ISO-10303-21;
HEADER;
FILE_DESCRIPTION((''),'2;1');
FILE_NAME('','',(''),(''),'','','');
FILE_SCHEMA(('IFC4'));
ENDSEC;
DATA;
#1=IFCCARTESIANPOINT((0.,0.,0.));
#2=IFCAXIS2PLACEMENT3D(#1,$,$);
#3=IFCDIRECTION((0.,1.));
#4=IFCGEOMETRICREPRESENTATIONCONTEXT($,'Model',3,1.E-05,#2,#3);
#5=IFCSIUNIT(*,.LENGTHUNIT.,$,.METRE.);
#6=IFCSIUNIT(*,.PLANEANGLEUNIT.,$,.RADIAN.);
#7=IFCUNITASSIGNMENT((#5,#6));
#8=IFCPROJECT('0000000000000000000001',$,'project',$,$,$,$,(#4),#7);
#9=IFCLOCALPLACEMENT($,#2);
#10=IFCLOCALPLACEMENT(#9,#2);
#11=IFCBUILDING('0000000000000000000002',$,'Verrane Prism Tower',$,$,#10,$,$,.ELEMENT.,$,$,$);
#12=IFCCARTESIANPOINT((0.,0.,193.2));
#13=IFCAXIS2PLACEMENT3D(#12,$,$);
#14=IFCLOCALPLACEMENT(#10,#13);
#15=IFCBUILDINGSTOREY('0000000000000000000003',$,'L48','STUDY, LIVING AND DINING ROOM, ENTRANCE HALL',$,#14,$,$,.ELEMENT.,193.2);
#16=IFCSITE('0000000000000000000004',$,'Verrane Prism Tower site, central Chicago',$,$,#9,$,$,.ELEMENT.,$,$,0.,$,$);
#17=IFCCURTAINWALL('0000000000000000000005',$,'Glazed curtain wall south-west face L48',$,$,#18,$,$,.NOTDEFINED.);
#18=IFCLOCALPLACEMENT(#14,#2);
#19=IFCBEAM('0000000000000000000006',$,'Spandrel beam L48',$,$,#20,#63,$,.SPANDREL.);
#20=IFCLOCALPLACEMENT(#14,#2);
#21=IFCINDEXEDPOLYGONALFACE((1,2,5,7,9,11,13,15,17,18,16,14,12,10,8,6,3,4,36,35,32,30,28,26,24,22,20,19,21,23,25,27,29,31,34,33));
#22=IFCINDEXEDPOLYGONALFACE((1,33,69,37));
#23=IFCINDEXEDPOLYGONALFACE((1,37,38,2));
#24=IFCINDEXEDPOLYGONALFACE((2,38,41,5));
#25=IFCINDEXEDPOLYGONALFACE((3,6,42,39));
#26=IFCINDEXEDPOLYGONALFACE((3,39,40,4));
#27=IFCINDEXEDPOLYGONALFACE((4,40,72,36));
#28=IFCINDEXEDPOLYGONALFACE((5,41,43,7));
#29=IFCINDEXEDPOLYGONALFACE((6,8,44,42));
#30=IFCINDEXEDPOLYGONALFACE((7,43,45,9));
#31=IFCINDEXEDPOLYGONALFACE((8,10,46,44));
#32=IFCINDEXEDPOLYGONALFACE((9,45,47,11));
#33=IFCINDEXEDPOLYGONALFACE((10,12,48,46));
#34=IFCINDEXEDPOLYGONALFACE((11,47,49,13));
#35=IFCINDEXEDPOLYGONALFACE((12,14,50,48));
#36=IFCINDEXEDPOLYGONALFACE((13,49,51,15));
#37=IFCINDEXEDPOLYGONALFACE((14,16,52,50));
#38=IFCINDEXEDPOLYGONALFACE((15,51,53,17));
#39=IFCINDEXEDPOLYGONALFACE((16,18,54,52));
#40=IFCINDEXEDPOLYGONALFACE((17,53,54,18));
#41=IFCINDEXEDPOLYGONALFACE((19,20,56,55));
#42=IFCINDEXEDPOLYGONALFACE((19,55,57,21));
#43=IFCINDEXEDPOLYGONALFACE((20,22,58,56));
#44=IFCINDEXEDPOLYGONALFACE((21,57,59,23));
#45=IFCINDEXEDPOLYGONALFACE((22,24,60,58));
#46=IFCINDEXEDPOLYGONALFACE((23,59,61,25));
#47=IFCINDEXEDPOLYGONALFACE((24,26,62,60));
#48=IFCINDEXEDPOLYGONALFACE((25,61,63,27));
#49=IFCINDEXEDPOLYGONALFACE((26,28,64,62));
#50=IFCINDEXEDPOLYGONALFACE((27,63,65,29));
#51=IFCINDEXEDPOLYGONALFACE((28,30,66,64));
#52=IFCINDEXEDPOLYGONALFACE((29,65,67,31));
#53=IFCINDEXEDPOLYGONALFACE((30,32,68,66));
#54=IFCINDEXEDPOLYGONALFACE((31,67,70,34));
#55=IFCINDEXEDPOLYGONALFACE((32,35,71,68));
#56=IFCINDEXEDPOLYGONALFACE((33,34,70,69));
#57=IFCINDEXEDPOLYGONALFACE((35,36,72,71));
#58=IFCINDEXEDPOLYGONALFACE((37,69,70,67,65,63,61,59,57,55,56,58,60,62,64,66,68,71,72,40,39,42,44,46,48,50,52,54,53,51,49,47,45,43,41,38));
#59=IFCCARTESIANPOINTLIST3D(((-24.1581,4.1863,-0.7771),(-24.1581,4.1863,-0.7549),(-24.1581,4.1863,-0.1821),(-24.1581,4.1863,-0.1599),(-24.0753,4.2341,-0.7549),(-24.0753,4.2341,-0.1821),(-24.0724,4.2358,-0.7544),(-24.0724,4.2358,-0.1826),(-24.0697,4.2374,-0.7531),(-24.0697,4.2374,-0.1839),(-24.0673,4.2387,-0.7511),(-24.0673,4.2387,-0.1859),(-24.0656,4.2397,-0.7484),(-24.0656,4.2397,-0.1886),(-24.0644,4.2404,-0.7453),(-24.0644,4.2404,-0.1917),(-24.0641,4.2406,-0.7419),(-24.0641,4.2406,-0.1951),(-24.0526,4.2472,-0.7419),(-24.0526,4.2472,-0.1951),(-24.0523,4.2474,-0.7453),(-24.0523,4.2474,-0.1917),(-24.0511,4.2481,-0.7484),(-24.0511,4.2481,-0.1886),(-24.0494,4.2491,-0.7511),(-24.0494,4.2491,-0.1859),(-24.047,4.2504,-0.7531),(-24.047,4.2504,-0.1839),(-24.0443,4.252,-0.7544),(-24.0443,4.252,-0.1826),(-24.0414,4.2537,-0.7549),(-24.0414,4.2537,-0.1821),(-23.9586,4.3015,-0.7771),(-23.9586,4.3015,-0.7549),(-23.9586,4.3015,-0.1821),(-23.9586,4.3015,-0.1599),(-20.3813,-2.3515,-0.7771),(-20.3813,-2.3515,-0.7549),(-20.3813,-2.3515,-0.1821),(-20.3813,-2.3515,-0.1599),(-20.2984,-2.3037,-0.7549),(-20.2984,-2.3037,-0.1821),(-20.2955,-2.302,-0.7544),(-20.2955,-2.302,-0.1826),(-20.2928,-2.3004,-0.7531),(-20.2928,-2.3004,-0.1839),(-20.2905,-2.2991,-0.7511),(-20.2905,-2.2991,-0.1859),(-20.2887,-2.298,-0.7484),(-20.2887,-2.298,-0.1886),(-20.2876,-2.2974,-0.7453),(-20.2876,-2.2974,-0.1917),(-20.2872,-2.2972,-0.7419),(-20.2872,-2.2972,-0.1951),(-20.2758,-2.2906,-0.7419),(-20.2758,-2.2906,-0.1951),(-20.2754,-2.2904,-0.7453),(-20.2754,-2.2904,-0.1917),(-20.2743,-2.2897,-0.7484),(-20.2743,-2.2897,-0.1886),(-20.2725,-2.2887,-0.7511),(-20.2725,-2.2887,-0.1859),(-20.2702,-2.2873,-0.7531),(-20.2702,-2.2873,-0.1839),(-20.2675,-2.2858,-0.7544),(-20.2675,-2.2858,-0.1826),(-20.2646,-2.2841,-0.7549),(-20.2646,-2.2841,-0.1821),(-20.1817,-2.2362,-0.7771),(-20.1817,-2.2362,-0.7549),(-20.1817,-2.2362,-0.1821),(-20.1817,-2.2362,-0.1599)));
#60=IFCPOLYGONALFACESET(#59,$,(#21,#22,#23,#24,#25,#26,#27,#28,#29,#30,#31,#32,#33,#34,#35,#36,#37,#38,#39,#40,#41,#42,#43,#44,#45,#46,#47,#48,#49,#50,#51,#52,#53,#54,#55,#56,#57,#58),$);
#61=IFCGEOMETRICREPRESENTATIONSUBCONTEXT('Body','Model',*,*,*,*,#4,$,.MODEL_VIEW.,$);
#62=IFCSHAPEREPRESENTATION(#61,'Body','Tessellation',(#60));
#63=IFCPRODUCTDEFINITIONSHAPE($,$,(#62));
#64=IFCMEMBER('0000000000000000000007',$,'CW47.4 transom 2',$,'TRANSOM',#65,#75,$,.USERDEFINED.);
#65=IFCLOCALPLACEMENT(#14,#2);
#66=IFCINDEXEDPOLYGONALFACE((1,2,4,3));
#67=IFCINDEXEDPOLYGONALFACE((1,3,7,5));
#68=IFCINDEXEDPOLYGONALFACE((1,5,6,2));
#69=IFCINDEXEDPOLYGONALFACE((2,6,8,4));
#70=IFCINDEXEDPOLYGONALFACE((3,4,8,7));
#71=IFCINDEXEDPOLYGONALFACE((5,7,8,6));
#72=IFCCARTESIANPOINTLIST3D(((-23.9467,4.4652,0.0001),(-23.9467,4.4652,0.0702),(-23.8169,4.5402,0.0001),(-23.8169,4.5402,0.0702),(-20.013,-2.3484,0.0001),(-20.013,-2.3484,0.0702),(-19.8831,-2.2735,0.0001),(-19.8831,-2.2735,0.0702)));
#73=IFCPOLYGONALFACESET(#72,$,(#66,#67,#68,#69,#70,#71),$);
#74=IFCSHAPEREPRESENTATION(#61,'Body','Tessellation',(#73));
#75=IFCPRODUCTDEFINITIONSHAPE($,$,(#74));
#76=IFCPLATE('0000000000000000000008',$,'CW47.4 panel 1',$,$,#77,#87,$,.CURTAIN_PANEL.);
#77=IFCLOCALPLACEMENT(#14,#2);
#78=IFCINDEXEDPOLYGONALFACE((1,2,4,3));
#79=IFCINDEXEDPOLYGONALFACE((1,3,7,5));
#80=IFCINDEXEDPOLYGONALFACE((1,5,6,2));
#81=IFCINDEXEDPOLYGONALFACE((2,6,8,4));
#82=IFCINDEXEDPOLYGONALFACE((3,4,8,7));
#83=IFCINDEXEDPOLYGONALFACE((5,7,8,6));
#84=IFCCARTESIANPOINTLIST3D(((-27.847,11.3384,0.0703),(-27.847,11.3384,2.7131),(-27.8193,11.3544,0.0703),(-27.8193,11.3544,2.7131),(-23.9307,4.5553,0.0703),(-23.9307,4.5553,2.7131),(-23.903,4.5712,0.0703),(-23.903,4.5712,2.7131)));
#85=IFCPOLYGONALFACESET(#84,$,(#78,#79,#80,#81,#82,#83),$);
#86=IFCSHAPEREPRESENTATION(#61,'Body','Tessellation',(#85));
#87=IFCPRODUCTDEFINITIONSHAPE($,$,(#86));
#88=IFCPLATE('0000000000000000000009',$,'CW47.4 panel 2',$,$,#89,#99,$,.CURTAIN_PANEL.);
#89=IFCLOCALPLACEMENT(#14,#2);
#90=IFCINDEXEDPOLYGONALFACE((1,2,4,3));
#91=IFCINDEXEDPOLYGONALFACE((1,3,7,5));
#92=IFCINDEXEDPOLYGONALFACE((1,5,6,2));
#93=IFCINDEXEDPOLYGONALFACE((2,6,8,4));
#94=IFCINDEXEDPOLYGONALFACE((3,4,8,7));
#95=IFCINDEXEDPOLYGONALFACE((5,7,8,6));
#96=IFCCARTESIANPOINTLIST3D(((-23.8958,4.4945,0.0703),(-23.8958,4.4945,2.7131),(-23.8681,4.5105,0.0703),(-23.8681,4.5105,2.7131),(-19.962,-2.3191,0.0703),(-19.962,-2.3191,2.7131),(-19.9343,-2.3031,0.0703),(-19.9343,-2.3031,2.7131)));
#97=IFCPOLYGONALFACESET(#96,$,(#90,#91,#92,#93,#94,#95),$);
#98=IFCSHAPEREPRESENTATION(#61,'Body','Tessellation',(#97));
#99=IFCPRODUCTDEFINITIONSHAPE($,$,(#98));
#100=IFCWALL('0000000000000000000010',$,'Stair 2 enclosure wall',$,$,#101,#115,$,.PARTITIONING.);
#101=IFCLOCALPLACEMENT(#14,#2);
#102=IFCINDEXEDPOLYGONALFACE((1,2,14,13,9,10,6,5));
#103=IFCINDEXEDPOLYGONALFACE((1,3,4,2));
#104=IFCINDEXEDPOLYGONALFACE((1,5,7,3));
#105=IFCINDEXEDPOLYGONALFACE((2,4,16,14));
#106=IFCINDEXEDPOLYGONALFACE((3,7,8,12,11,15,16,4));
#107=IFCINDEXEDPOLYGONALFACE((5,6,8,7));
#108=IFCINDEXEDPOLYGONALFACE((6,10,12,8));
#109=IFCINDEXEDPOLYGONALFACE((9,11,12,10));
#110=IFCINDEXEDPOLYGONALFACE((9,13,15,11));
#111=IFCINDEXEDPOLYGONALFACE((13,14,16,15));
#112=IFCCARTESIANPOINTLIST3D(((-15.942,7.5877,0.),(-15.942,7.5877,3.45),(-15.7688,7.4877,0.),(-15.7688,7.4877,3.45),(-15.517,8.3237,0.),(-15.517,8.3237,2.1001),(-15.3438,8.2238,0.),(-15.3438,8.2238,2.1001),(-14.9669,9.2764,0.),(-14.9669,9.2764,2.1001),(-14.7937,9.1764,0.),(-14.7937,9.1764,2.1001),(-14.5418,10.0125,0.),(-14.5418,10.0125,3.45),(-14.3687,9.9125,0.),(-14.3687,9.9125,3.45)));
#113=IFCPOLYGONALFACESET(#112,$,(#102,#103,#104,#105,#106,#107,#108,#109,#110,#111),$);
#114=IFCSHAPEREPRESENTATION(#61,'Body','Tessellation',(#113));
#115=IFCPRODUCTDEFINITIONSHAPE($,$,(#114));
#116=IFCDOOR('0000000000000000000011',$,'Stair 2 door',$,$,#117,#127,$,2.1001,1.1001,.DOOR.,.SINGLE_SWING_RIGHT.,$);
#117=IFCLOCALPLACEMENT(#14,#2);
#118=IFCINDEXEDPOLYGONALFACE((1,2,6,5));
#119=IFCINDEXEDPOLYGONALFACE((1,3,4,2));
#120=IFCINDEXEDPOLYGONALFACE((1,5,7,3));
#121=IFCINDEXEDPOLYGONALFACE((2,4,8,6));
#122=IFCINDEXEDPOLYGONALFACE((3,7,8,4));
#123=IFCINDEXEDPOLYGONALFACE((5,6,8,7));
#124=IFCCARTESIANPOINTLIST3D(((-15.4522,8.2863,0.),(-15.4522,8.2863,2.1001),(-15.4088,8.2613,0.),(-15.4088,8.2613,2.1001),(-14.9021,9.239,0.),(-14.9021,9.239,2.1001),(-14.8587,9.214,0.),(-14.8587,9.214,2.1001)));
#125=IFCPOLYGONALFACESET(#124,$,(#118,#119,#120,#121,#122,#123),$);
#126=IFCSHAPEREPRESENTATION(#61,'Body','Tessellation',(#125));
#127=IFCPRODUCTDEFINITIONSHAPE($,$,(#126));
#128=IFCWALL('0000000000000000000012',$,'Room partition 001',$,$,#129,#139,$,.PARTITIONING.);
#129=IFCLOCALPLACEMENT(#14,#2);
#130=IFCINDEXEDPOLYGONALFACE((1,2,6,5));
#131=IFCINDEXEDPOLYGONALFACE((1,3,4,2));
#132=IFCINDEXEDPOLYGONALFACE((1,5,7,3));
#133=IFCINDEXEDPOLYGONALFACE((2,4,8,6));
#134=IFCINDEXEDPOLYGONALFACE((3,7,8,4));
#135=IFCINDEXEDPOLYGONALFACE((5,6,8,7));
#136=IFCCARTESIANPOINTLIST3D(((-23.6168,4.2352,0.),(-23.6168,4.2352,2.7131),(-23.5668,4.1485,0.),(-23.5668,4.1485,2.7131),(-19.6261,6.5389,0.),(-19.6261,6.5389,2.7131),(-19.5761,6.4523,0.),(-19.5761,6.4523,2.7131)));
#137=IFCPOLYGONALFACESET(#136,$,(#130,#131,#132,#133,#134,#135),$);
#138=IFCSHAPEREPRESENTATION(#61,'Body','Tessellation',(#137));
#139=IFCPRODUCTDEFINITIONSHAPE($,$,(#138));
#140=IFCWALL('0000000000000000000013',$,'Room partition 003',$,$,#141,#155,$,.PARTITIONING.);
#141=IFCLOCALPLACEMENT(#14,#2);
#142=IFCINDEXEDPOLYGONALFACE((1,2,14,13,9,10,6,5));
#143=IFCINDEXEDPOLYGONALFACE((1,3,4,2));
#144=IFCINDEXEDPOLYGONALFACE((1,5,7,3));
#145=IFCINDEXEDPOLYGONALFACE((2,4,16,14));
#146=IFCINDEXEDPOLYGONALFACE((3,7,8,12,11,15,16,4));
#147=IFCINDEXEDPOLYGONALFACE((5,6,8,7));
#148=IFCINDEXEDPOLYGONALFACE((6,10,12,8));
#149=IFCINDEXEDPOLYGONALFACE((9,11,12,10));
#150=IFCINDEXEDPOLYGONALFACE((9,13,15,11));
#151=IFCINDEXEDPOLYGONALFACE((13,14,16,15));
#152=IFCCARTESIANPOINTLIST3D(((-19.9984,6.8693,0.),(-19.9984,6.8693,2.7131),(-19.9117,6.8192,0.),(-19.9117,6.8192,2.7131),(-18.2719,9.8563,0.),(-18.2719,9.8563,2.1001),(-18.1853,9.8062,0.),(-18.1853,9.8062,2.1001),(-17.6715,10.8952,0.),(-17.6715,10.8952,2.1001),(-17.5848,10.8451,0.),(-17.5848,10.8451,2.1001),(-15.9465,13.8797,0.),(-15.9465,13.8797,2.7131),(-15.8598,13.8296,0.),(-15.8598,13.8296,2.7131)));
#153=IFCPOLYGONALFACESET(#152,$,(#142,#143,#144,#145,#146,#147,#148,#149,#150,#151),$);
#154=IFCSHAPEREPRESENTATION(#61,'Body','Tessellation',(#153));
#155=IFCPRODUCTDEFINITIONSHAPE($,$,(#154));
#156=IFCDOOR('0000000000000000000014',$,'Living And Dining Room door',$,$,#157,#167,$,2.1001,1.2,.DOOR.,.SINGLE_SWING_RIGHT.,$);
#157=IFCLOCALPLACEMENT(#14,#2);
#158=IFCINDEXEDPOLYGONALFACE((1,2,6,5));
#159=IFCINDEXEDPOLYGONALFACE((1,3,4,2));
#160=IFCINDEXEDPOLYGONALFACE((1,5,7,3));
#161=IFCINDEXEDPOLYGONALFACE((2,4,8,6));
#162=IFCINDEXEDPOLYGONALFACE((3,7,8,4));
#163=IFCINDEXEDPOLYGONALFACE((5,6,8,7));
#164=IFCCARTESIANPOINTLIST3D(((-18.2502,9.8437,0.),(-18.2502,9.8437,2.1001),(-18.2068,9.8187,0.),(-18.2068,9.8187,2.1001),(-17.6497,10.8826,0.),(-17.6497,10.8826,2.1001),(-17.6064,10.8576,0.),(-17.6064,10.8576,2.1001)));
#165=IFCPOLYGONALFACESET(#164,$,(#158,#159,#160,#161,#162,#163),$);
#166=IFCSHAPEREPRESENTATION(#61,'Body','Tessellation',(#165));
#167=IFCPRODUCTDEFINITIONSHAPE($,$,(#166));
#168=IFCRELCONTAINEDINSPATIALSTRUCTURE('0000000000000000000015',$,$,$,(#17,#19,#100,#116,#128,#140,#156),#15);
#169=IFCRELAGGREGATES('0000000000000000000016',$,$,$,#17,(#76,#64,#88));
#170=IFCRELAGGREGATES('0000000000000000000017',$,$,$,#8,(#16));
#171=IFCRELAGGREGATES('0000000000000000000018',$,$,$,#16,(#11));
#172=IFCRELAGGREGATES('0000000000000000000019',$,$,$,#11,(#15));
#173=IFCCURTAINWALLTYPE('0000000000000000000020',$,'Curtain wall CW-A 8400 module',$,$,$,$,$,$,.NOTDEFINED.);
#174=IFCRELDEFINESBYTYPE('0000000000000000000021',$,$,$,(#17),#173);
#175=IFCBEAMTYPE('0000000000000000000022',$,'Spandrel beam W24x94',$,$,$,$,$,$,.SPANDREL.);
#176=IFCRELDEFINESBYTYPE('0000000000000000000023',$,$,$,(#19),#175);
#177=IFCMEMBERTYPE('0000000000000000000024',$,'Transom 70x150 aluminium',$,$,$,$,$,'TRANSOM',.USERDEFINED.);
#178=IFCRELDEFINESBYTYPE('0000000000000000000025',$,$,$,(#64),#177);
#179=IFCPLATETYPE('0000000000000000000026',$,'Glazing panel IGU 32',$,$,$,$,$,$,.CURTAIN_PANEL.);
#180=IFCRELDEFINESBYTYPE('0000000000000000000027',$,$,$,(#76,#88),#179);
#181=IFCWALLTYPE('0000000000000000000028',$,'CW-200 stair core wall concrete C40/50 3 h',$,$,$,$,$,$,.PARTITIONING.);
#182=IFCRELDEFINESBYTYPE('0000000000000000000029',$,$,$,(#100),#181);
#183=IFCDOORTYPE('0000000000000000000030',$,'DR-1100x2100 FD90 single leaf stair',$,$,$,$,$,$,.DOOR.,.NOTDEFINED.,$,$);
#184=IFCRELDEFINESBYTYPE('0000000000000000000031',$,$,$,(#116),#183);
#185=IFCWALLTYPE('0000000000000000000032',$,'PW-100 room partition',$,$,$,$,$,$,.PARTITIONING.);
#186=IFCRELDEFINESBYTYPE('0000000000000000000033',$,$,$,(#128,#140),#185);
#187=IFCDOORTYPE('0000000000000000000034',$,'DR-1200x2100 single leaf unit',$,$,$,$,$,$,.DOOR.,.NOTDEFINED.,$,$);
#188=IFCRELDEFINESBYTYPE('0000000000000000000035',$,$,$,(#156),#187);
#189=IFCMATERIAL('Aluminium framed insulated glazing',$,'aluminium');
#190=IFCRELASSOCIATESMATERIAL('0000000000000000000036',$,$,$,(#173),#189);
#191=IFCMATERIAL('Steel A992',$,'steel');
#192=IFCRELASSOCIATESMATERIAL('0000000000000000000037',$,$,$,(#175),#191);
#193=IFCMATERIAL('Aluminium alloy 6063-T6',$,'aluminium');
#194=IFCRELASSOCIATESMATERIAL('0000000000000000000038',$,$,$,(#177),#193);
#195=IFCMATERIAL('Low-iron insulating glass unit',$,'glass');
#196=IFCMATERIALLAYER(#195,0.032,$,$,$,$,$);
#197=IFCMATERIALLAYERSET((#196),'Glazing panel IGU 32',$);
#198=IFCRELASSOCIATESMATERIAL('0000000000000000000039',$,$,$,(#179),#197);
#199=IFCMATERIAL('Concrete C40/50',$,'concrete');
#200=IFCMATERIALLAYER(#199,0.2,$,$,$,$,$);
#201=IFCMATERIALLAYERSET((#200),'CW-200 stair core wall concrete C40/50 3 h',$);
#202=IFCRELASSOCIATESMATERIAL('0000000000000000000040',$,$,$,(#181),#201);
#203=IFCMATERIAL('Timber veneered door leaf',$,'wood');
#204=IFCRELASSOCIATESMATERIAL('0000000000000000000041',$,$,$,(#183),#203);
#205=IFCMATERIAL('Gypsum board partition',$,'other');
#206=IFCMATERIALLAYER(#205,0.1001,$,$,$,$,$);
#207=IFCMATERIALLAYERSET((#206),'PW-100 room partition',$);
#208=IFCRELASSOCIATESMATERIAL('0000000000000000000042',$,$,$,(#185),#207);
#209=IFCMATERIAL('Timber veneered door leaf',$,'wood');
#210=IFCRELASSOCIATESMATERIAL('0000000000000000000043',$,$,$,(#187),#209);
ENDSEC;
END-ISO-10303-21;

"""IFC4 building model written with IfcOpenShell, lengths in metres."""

from ifc_helpers import new_model, si_unit, direction, frame, frame_2d, origin, origin_2d, place, context, subcontext, project, spatial, rectangle, i_section, extrude, material, layer, layer_set, material_profile, profile_set, type_object, element, fill, aggregate, save


model = new_model("IFC4")

# Units and contexts
model_context = context("Model", 3, precision=1e-05, world=origin(), true_north=direction((0.0, 1.0)))
body_context = subcontext(model_context, "Body", "Model", "MODEL_VIEW")
ifc_project = project(units=[si_unit("LENGTHUNIT", "METRE"), si_unit("PLANEANGLEUNIT", "RADIAN")], contexts=[model_context])

# Site, building, storey
site_placement = place(None, origin())
site = spatial("IfcSite", under=ifc_project, at=site_placement, Name="Verrane Prism Tower site, central Chicago", CompositionType="ELEMENT", RefElevation=0.0)
building_placement = place(site_placement, origin())
building = spatial("IfcBuilding", under=site, at=building_placement, Name="Verrane Prism Tower", CompositionType="ELEMENT")
storey_placement = place(building_placement, frame((0.0, 0.0, 193.2)))
storey = spatial("IfcBuildingStorey", under=building, at=storey_placement, Name="L48", Description="STUDY, LIVING AND DINING ROOM, ENTRANCE HALL", CompositionType="ELEMENT", Elevation=193.2)

# Curtain wall
ifc_material_1 = material(Name="Aluminium framed insulated glazing", Category="aluminium")
curtain_wall_type = type_object("IfcCurtainWallType", Name="Curtain wall CW-A 8400 module", PredefinedType="NOTDEFINED", material=ifc_material_1)
curtain_wall_placement = place(storey_placement, origin())
curtain_wall = element("IfcCurtainWall", 1, at=curtain_wall_placement, inside=storey, type_object=curtain_wall_type, Name="Glazed curtain wall south-west face L48", PredefinedType="NOTDEFINED")

# Beam
ifc_material_2 = material(Name="Steel A992", Category="steel")
ifc_material_profile_1 = material_profile(ifc_material_2, i_section(OverallWidth=0.2305, OverallDepth=0.6172, WebThickness=0.0132, FlangeThickness=0.0222, FilletRadius=0.0129, at=origin_2d()), Name="W24x94")
ifc_profile_set_1 = profile_set([ifc_material_profile_1], Name="Steel A992")
beam_type_1 = type_object("IfcBeamType", Name="Spandrel beam W24x94", PredefinedType="SPANDREL", material=ifc_profile_set_1)
beam_1_placement = place(storey_placement, frame((-24.0583, 4.2439, -0.4685), z_axis=(0.500222, -0.865897, 0.0), x_axis=(0.865897, 0.500222, 0.0)))
element("IfcBeam", 2, at=beam_1_placement, inside=storey, type_object=beam_type_1, Name="Spandrel beam L48", PredefinedType="SPANDREL", context=body_context, shape_type="SweptSolid", body=[
    extrude(i_section(OverallWidth=0.2305, OverallDepth=0.6172, WebThickness=0.0132, FlangeThickness=0.0222, FilletRadius=0.0129, at=origin_2d()), origin(), (0.0, 0.0, 1.0), 7.5503),
])

# Member
ifc_material_3 = material(Name="Aluminium alloy 6063-T6", Category="aluminium")
ifc_material_profile_2 = material_profile(ifc_material_3, rectangle(XDim=0.1499, YDim=0.0701, at=origin_2d()), Name="Transom 70x150 aluminium")
ifc_profile_set_2 = profile_set([ifc_material_profile_2], Name="Aluminium alloy 6063-T6")
member_type_1 = type_object("IfcMemberType", Name="Transom 70x150 aluminium", ElementType="TRANSOM", PredefinedType="USERDEFINED", material=ifc_profile_set_2)
member_1_placement = place(storey_placement, frame((-23.8818, 4.5027, 0.0352), z_axis=(0.499994, -0.866029, 0.0), x_axis=(0.866029, 0.499994, 0.0)))
member_1 = element("IfcMember", 3, at=member_1_placement, type_object=member_type_1, Name="CW47.4 transom 2", ObjectType="TRANSOM", PredefinedType="USERDEFINED", context=body_context, shape_type="SweptSolid", body=[
    extrude(rectangle(XDim=0.1499, YDim=0.0701, at=origin_2d()), origin(), (0.0, 0.0, 1.0), 7.8677),
])

# Plates
ifc_material_4 = material(Name="Low-iron insulating glass unit", Category="glass")
ifc_layer_1 = layer(ifc_material_4, 0.032)
ifc_layer_set_1 = layer_set([ifc_layer_1], Name="Glazing panel IGU 32")
plate_type = type_object("IfcPlateType", Name="Glazing panel IGU 32", PredefinedType="CURTAIN_PANEL", material=ifc_layer_set_1)
plate_1_placement = place(storey_placement, frame((-25.875, 7.9548, 0.0703), z_axis=(0.0, 0.0, 1.0), x_axis=(0.5, -0.866026, 0.0)))
plate_1 = element("IfcPlate", 4, at=plate_1_placement, type_object=plate_type, Name="CW47.4 panel 1", PredefinedType="CURTAIN_PANEL", context=body_context, shape_type="SweptSolid", body=[
    extrude(rectangle(XDim=7.8325, YDim=0.032, at=origin_2d()), origin(), (0.0, 0.0, 1.0), 2.6428),
])
plate_2_placement = place(storey_placement, frame((-21.915, 1.0957, 0.0703), z_axis=(0.0, 0.0, 1.0), x_axis=(0.5, -0.866026, 0.0)))
plate_2 = element("IfcPlate", 5, at=plate_2_placement, type_object=plate_type, Name="CW47.4 panel 2", PredefinedType="CURTAIN_PANEL", context=body_context, shape_type="SweptSolid", body=[
    extrude(rectangle(XDim=7.8677, YDim=0.032, at=origin_2d()), origin(), (0.0, 0.0, 1.0), 2.6428),
])
aggregate(curtain_wall, [plate_1, member_1, plate_2])

# Wall, opening, door
ifc_material_5 = material(Name="Concrete C40/50", Category="concrete")
ifc_layer_2 = layer(ifc_material_5, 0.2)
ifc_layer_set_2 = layer_set([ifc_layer_2], Name="CW-200 stair core wall concrete C40/50 3 h")
wall_type_1 = type_object("IfcWallType", Name="CW-200 stair core wall concrete C40/50 3 h", PredefinedType="PARTITIONING", material=ifc_layer_set_2)
wall_1_placement = place(storey_placement, frame((-14.4553, 9.9624, 0.0), z_axis=(0.0, 0.0, 1.0), x_axis=(-0.50005, -0.865997, 0.0)))
wall_1 = element("IfcWall", 6, at=wall_1_placement, inside=storey, type_object=wall_type_1, Name="Stair 2 enclosure wall", PredefinedType="PARTITIONING", context=body_context, shape_type="SweptSolid", body=[
    extrude(rectangle(XDim=2.8, YDim=0.2, at=frame_2d((1.3999, 0.0))), origin(), (0.0, 0.0, 1.0), 3.45),
])
opening_1_placement = place(wall_1_placement, frame((0.8499, 0.0, 0.0)))
opening_1 = element("IfcOpeningElement", 7, at=opening_1_placement, cuts=wall_1, PredefinedType="OPENING", context=body_context, shape_type="SweptSolid", body=[
    extrude(rectangle(XDim=1.1001, YDim=2.1001, at=frame_2d((0.55, 1.05))), frame((0.0, 0.1099, 0.0), z_axis=(0.0, -1.0, 0.0), x_axis=(1.0, 0.0, 0.0)), (0.0, 0.0, 1.0), 0.22),
])
ifc_material_6 = material(Name="Timber veneered door leaf", Category="wood")
door_type_1 = type_object("IfcDoorType", Name="DR-1100x2100 FD90 single leaf stair", OperationType="NOTDEFINED", PredefinedType="DOOR", material=ifc_material_6)
door_1_placement = place(opening_1_placement, origin())
door_1 = element("IfcDoor", 8, at=door_1_placement, inside=storey, type_object=door_type_1, Name="Stair 2 door", OperationType="SINGLE_SWING_RIGHT", OverallHeight=2.1001, OverallWidth=1.1001, PredefinedType="DOOR", context=body_context, shape_type="SweptSolid", body=[
    extrude(rectangle(XDim=1.1001, YDim=2.1001, at=frame_2d((0.55, 1.05))), frame((0.0, 0.0249, 0.0), z_axis=(0.0, -1.0, 0.0), x_axis=(1.0, 0.0, 0.0)), (0.0, 0.0, 1.0), 0.05),
])
fill(opening_1, door_1)

# Wall
ifc_material_7 = material(Name="Gypsum board partition", Category="other")
ifc_layer_3 = layer(ifc_material_7, 0.1001)
ifc_layer_set_3 = layer_set([ifc_layer_3], Name="PW-100 room partition")
wall_type_2 = type_object("IfcWallType", Name="PW-100 room partition", PredefinedType="PARTITIONING", material=ifc_layer_set_3)
wall_2_placement = place(storey_placement, frame((-23.5918, 4.1919, 0.0), z_axis=(0.0, 0.0, 1.0), x_axis=(0.866057, 0.499946, 0.0)))
element("IfcWall", 9, at=wall_2_placement, inside=storey, type_object=wall_type_2, Name="Room partition 001", PredefinedType="PARTITIONING", context=body_context, shape_type="SweptSolid", body=[
    extrude(rectangle(XDim=4.6079, YDim=0.1001, at=frame_2d((2.304, 0.0))), origin(), (0.0, 0.0, 1.0), 2.7131),
])

# Wall, opening, door
wall_3_placement = place(storey_placement, frame((-19.9551, 6.8442, 0.0), z_axis=(0.0, 0.0, 1.0), x_axis=(0.500416, 0.865785, 0.0)))
wall_3 = element("IfcWall", 10, at=wall_3_placement, inside=storey, type_object=wall_type_2, Name="Room partition 003", PredefinedType="PARTITIONING", context=body_context, shape_type="SweptSolid", body=[
    extrude(rectangle(XDim=8.0972, YDim=0.1001, at=frame_2d((4.0486, 0.0))), origin(), (0.0, 0.0, 1.0), 2.7131),
])
opening_2_placement = place(wall_3_placement, frame((3.45, 0.0, 0.0)))
opening_2 = element("IfcOpeningElement", 11, at=opening_2_placement, cuts=wall_3, PredefinedType="OPENING", context=body_context, shape_type="SweptSolid", body=[
    extrude(rectangle(XDim=1.2, YDim=2.1001, at=frame_2d((0.6001, 1.05))), frame((0.0, 0.0601, 0.0), z_axis=(0.0, -1.0, 0.0), x_axis=(1.0, 0.0, 0.0)), (0.0, 0.0, 1.0), 0.1201),
])
ifc_material_8 = material(Name="Timber veneered door leaf", Category="wood")
door_type_2 = type_object("IfcDoorType", Name="DR-1200x2100 single leaf unit", OperationType="NOTDEFINED", PredefinedType="DOOR", material=ifc_material_8)
door_2_placement = place(opening_2_placement, origin())
door_2 = element("IfcDoor", 12, at=door_2_placement, inside=storey, type_object=door_type_2, Name="Living And Dining Room door", OperationType="SINGLE_SWING_RIGHT", OverallHeight=2.1001, OverallWidth=1.2, PredefinedType="DOOR", context=body_context, shape_type="SweptSolid", body=[
    extrude(rectangle(XDim=1.2, YDim=2.1001, at=frame_2d((0.6001, 1.05))), frame((0.0, 0.0249, 0.0), z_axis=(0.0, -1.0, 0.0), x_axis=(1.0, 0.0, 0.0)), (0.0, 0.0, 1.0), 0.05),
])
fill(opening_2, door_2)

save(model, "model.ifc")
